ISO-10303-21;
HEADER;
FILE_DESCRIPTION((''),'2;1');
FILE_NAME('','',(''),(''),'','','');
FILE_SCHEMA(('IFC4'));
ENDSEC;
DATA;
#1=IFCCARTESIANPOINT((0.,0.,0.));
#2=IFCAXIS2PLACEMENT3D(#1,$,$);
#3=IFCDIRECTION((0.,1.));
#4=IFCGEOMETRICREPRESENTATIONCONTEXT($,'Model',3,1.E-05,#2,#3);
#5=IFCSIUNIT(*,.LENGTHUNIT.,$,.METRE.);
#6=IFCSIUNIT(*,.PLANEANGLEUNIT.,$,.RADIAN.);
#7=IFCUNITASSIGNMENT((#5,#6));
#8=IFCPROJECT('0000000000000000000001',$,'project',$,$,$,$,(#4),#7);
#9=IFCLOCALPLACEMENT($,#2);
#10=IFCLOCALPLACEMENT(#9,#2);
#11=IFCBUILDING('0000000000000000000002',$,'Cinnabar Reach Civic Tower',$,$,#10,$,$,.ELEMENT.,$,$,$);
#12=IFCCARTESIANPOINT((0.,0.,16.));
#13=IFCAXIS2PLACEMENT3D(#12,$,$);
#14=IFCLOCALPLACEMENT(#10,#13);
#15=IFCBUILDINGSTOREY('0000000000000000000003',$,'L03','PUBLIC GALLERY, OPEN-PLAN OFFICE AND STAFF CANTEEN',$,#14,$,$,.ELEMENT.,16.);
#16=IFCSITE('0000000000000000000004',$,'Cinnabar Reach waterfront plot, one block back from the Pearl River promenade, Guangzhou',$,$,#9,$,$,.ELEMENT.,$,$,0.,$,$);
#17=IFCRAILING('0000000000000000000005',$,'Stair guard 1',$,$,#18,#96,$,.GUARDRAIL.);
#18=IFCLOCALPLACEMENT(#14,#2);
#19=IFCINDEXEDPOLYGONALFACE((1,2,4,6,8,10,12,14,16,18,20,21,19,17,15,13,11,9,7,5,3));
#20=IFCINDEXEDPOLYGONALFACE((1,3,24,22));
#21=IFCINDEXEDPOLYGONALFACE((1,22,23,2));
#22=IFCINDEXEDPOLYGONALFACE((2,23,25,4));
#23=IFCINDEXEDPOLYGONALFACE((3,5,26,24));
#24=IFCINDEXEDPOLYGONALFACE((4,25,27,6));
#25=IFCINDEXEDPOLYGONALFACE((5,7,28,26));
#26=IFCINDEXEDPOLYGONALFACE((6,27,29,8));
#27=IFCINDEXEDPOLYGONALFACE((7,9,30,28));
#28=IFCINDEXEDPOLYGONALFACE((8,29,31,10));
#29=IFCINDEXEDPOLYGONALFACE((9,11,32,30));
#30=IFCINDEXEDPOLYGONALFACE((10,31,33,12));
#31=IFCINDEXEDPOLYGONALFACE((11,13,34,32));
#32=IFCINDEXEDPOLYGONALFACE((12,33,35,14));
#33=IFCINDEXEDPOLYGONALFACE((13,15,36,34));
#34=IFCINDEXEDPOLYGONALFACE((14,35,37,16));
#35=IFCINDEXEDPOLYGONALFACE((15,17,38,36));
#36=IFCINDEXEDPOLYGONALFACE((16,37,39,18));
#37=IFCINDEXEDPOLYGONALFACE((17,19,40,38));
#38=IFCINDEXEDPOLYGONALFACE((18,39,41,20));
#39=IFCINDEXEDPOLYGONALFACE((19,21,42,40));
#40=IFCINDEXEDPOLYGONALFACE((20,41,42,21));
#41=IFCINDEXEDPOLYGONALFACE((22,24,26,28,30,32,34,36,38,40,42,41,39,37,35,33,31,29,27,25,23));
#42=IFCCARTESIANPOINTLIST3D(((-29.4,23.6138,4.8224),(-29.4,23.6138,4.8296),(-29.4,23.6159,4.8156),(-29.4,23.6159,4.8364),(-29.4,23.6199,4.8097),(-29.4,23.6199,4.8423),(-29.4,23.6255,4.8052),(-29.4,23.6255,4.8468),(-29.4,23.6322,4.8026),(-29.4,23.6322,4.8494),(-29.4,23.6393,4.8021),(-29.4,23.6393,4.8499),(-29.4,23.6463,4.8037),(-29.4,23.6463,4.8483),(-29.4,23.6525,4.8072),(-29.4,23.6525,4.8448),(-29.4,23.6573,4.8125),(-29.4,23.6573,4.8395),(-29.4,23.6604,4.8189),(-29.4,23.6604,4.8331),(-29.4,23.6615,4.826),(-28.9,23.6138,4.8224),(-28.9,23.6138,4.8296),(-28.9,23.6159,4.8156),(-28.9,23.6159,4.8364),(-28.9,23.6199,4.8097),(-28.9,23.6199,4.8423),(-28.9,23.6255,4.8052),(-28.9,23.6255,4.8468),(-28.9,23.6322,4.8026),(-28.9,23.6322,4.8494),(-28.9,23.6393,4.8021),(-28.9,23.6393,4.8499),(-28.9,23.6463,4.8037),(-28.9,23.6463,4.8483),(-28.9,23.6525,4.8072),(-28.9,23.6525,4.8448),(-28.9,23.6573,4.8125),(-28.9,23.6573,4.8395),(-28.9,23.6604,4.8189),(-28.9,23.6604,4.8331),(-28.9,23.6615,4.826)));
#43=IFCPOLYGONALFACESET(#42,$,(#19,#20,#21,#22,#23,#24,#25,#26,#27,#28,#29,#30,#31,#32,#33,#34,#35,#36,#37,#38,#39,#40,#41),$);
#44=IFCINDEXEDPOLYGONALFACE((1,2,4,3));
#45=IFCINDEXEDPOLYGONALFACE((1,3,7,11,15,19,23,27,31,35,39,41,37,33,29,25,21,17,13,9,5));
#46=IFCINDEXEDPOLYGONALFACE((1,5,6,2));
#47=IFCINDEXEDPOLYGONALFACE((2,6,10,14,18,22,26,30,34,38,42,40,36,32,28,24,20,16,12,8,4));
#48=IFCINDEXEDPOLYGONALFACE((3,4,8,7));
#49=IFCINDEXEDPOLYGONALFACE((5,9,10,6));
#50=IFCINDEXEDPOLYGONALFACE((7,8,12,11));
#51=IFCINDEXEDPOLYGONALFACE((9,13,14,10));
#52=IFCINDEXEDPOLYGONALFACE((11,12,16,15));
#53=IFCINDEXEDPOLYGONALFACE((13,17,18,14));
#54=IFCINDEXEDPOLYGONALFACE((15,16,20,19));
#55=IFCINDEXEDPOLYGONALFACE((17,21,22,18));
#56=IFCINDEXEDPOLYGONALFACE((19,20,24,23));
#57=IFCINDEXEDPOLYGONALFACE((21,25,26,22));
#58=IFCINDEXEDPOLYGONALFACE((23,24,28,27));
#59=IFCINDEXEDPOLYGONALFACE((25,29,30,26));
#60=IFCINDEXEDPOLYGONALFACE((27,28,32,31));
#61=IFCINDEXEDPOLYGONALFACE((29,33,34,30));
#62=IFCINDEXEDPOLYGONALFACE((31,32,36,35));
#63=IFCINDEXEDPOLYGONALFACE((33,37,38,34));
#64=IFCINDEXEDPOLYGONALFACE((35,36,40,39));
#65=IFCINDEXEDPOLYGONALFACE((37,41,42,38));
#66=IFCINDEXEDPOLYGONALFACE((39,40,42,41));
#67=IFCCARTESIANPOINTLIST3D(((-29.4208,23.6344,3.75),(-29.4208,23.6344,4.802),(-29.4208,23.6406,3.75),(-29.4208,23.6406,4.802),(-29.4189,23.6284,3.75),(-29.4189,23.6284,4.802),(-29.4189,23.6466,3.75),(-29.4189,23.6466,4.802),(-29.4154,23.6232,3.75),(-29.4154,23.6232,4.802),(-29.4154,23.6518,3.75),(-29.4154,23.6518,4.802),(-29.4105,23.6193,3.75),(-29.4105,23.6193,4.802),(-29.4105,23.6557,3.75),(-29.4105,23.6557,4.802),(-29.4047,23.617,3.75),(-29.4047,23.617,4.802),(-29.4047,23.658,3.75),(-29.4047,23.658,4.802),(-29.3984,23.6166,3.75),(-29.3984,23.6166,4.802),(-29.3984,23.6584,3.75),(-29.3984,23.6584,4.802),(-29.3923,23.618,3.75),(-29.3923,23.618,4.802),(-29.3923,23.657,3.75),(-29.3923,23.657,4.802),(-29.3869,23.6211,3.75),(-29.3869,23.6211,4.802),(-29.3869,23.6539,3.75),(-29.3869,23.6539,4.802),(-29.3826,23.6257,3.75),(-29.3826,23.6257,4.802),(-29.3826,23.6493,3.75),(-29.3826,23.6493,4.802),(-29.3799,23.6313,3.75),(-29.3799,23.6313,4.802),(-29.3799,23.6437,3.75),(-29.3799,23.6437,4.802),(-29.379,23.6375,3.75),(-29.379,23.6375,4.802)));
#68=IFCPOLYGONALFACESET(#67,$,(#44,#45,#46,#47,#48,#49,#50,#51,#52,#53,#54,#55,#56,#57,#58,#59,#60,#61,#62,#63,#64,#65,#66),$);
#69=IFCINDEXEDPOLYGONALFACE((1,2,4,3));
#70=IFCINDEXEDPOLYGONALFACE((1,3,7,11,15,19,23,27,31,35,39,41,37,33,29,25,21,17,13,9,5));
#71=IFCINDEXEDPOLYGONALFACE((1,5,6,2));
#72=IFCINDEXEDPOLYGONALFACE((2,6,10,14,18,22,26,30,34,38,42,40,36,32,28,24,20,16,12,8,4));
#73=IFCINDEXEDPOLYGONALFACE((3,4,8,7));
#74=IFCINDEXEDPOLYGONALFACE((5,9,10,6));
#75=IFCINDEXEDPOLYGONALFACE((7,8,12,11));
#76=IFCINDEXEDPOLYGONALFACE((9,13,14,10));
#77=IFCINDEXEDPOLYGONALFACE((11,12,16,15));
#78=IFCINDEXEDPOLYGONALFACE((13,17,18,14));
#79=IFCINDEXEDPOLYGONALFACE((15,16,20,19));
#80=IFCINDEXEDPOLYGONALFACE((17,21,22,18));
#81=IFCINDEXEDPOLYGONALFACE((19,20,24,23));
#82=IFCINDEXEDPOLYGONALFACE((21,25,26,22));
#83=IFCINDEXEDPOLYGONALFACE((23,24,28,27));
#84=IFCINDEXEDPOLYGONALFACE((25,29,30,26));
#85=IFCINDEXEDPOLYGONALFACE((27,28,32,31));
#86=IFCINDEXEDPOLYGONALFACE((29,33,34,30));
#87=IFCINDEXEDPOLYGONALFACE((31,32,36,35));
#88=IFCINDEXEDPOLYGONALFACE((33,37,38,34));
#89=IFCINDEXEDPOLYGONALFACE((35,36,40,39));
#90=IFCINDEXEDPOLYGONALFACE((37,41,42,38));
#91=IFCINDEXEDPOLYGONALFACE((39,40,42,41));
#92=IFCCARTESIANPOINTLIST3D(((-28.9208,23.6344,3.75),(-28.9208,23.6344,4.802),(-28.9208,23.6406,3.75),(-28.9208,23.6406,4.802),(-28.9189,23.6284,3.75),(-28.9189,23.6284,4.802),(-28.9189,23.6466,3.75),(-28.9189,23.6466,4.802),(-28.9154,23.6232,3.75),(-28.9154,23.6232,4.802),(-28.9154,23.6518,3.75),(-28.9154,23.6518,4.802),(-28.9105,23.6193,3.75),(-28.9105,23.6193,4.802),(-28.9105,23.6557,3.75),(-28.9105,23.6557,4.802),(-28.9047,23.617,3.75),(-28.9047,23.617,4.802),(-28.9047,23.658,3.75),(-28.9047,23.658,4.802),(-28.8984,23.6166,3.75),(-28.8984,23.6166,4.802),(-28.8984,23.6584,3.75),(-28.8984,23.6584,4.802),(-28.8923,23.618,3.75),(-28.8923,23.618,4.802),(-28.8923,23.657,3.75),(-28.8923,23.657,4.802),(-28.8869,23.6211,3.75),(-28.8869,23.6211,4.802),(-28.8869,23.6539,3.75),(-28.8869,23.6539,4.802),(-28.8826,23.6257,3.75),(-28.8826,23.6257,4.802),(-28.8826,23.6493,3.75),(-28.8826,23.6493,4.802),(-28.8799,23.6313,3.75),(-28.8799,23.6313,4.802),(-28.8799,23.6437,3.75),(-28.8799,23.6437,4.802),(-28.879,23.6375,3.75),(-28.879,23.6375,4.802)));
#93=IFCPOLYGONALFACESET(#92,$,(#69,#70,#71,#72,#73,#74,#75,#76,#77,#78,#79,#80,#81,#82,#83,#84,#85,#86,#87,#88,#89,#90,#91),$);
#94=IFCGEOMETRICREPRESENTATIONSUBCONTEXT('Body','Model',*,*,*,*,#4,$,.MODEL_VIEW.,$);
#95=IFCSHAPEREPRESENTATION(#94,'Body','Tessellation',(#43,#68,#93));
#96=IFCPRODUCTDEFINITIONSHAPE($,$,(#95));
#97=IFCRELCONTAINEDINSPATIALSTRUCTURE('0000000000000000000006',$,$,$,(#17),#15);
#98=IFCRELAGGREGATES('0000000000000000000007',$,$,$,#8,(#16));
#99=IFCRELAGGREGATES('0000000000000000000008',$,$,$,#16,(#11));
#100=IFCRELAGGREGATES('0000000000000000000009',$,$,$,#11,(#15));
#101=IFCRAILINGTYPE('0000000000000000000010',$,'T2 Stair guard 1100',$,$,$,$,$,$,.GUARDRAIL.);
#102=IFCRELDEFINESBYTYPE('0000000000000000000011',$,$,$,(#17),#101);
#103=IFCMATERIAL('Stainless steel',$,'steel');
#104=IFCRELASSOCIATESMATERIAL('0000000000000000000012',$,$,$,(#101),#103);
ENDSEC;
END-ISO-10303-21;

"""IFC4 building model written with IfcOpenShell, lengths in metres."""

from ifc_helpers import new_model, si_unit, direction, frame, origin, origin_2d, place, context, subcontext, project, spatial, circle, extrude, material, type_object, element, save


model = new_model("IFC4")

# Units and contexts
model_context = context("Model", 3, precision=1e-05, world=origin(), true_north=direction((0.0, 1.0)))
body_context = subcontext(model_context, "Body", "Model", "MODEL_VIEW")
ifc_project = project(units=[si_unit("LENGTHUNIT", "METRE"), si_unit("PLANEANGLEUNIT", "RADIAN")], contexts=[model_context])

# Site, building, storey
site_placement = place(None, origin())
site = spatial("IfcSite", under=ifc_project, at=site_placement, Name="Cinnabar Reach waterfront plot, one block back from the Pearl River promenade, Guangzhou", CompositionType="ELEMENT", RefElevation=0.0)
building_placement = place(site_placement, origin())
building = spatial("IfcBuilding", under=site, at=building_placement, Name="Cinnabar Reach Civic Tower", CompositionType="ELEMENT")
storey_placement = place(building_placement, frame((0.0, 0.0, 16.0)))
storey = spatial("IfcBuildingStorey", under=building, at=storey_placement, Name="L03", Description="PUBLIC GALLERY, OPEN-PLAN OFFICE AND STAFF CANTEEN", CompositionType="ELEMENT", Elevation=16.0)

# Railing
ifc_material_1 = material(Name="Stainless steel", Category="steel")
railing_type = type_object("IfcRailingType", Name="T2 Stair guard 1100", PredefinedType="GUARDRAIL", material=ifc_material_1)
railing_1_placement = place(storey_placement, frame((-29.4, 23.6375, 3.75)))
element("IfcRailing", 1, at=railing_1_placement, inside=storey, type_object=railing_type, Name="Stair guard 1", PredefinedType="GUARDRAIL", context=body_context, shape_type="SweptSolid", body=[
    extrude(circle(Radius=0.024, at=origin_2d()), frame((0.0, 0.0, 1.076), z_axis=(1.0, 0.0, 0.0), x_axis=(0.0, 1.0, 0.0)), (0.0, 0.0, 1.0), 0.5),
    extrude(circle(Radius=0.021, at=origin_2d()), origin(), (0.0, 0.0, 1.0), 1.052),
    extrude(circle(Radius=0.021, at=origin_2d()), frame((0.5, 0.0, 0.0)), (0.0, 0.0, 1.0), 1.052),
])

save(model, "model.ifc")
